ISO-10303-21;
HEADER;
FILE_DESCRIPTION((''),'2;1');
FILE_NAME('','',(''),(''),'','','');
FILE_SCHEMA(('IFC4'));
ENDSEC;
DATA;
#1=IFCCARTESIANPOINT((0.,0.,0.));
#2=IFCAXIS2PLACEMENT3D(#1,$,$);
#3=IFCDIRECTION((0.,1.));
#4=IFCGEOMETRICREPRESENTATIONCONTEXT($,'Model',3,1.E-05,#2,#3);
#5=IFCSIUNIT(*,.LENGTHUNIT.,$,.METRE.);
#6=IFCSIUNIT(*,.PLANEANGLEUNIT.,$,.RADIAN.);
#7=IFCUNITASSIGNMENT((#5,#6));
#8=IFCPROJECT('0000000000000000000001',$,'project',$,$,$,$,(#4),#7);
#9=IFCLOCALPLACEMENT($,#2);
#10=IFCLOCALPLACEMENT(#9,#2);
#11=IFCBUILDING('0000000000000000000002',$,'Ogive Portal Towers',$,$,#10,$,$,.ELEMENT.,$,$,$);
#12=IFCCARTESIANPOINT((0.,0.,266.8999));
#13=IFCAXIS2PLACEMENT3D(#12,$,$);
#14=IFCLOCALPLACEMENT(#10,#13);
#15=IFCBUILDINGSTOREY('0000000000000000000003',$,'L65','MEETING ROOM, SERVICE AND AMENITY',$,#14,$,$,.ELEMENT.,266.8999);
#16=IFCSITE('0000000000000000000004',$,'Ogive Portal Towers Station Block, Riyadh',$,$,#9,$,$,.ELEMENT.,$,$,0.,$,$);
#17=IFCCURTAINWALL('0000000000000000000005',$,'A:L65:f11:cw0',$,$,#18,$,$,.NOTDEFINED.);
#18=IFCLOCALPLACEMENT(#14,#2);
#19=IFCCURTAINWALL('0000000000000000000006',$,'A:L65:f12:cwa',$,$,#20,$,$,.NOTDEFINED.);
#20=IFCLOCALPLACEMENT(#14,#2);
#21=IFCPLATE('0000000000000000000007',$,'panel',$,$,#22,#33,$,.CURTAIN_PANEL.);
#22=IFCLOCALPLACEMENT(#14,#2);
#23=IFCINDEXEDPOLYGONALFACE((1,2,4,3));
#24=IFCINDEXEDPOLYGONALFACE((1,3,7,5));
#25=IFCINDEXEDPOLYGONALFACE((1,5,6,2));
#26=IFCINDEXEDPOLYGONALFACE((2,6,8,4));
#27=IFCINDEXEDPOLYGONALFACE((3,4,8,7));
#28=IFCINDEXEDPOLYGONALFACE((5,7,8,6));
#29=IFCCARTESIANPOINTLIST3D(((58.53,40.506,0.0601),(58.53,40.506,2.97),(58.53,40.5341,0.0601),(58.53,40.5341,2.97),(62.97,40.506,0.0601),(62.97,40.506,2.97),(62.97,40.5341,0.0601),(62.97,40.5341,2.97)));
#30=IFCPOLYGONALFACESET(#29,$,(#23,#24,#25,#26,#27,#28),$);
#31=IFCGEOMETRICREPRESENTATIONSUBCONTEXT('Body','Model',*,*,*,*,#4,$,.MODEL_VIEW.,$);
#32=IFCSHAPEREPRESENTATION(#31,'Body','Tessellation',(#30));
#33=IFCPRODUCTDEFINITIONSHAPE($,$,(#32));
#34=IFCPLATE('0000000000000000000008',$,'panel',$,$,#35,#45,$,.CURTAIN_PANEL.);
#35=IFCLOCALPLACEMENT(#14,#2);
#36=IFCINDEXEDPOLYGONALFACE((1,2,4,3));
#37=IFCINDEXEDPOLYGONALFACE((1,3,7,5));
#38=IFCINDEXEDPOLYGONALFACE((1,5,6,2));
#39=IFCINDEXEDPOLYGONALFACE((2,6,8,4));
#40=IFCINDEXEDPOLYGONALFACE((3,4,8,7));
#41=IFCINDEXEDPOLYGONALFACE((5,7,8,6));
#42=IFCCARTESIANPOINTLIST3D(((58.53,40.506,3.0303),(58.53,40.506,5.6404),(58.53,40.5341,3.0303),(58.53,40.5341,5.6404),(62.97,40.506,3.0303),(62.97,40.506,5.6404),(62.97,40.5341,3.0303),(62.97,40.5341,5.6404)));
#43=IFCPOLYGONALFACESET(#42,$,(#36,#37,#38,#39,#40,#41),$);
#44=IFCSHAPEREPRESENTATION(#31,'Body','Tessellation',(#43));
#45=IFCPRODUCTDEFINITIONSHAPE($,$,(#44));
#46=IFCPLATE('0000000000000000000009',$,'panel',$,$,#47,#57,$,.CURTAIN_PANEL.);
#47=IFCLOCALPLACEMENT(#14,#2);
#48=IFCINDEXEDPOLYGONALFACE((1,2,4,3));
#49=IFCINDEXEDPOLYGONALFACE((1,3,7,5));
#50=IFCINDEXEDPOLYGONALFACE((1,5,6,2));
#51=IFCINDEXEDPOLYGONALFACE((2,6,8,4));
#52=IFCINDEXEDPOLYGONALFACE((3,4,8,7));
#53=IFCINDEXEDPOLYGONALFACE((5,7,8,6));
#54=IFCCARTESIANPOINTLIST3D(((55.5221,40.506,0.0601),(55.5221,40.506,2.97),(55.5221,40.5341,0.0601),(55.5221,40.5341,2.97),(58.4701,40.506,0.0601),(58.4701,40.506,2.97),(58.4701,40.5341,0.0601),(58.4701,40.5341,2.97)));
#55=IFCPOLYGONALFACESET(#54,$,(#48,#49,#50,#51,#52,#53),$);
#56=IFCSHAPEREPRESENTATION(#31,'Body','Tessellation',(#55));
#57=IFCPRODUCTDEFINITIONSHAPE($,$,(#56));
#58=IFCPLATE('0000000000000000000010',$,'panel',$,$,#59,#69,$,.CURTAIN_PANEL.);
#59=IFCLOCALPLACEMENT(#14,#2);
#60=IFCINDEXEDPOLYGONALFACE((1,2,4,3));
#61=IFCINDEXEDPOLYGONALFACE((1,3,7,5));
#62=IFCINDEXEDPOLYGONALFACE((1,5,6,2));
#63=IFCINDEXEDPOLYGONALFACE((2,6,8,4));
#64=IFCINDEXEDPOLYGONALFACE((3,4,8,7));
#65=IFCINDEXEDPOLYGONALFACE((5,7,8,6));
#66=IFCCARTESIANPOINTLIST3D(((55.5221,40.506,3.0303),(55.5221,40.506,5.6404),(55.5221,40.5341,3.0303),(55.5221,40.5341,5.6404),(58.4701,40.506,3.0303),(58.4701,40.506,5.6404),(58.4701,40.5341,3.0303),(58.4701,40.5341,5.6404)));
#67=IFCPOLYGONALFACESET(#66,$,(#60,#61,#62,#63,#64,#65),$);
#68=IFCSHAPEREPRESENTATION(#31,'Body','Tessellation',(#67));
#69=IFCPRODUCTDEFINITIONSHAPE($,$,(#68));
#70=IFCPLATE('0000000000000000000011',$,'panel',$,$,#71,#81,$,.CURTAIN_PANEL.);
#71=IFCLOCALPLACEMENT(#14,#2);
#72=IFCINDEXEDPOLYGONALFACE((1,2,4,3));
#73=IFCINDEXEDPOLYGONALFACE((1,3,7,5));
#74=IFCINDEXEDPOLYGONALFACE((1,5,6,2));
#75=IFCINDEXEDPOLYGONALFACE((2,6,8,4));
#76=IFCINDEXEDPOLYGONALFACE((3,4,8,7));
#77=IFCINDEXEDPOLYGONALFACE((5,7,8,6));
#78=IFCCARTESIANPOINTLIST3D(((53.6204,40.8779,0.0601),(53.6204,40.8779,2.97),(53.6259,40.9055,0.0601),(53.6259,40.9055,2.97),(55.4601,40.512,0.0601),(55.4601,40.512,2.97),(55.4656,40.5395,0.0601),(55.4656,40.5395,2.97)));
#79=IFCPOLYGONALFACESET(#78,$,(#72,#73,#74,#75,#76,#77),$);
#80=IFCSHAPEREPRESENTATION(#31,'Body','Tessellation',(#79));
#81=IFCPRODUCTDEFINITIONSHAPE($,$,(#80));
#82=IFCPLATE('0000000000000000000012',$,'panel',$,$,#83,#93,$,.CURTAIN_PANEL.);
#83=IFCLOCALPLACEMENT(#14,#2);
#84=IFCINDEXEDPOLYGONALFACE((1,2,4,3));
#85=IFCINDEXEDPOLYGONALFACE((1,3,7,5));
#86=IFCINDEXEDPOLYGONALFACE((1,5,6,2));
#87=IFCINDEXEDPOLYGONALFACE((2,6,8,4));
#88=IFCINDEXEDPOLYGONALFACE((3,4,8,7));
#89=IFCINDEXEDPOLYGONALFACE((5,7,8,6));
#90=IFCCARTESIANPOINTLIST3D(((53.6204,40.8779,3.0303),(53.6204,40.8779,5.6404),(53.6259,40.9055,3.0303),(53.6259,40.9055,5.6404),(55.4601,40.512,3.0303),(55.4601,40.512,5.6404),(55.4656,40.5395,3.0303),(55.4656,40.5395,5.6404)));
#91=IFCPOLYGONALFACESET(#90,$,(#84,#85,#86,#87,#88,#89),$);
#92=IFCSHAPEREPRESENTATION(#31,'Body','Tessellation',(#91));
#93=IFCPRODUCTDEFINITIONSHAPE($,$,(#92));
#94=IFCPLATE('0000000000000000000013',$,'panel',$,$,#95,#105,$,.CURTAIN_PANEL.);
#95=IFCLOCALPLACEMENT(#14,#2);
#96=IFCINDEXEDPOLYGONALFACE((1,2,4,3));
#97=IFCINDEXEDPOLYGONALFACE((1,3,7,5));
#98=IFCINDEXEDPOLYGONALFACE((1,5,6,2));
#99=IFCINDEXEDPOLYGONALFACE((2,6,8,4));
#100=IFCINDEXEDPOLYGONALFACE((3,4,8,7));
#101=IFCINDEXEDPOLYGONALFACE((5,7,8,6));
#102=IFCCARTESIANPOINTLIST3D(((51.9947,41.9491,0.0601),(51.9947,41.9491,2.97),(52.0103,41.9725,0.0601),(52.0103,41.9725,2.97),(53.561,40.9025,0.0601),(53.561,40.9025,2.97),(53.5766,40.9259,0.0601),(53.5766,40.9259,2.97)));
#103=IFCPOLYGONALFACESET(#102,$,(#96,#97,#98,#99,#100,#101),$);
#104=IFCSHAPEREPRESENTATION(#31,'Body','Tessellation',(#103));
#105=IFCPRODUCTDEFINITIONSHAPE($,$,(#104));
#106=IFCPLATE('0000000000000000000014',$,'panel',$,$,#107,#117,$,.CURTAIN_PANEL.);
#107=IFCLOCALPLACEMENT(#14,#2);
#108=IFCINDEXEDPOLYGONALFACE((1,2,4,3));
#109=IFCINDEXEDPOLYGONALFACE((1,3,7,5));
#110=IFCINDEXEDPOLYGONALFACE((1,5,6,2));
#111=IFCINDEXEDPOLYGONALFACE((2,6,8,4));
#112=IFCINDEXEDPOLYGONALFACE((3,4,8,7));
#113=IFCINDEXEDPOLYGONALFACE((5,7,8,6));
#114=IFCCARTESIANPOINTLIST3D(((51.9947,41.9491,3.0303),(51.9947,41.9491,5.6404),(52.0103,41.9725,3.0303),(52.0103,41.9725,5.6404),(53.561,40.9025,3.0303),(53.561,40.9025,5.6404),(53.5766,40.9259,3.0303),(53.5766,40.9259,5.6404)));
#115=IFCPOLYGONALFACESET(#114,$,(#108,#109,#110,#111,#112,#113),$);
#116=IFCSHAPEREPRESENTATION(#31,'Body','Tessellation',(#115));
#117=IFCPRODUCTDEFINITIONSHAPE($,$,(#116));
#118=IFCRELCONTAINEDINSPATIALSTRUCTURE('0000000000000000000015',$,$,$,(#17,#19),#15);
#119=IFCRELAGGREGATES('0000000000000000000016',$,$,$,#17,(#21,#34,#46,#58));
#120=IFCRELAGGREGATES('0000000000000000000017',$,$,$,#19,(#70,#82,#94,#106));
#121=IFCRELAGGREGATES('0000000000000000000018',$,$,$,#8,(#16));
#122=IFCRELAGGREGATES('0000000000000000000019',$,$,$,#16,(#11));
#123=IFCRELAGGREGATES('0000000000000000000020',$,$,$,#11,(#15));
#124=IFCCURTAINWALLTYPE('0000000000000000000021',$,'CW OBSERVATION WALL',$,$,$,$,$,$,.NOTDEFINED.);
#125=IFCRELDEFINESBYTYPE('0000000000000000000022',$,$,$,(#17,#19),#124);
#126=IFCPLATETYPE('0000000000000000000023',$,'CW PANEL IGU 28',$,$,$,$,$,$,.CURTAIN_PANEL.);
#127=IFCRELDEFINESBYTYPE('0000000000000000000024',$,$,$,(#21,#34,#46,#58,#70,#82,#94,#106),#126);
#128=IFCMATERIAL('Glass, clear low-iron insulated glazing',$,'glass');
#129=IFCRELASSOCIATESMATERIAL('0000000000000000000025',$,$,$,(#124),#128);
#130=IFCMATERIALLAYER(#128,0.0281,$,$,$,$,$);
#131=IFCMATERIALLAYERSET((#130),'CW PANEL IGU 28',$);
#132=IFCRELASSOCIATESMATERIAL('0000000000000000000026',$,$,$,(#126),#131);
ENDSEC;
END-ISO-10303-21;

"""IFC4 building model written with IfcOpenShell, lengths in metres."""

from ifc_helpers import new_model, si_unit, direction, frame, origin, origin_2d, place, context, subcontext, project, spatial, rectangle, extrude, material, layer, layer_set, type_object, element, aggregate, save


model = new_model("IFC4")

# Units and contexts
model_context = context("Model", 3, precision=1e-05, world=origin(), true_north=direction((0.0, 1.0)))
body_context = subcontext(model_context, "Body", "Model", "MODEL_VIEW")
ifc_project = project(units=[si_unit("LENGTHUNIT", "METRE"), si_unit("PLANEANGLEUNIT", "RADIAN")], contexts=[model_context])

# Site, building, storey
site_placement = place(None, origin())
site = spatial("IfcSite", under=ifc_project, at=site_placement, Name="Ogive Portal Towers Station Block, Riyadh", CompositionType="ELEMENT", RefElevation=0.0)
building_placement = place(site_placement, origin())
building = spatial("IfcBuilding", under=site, at=building_placement, Name="Ogive Portal Towers", CompositionType="ELEMENT")
storey_placement = place(building_placement, frame((0.0, 0.0, 266.8999)))
storey = spatial("IfcBuildingStorey", under=building, at=storey_placement, Name="L65", Description="MEETING ROOM, SERVICE AND AMENITY", CompositionType="ELEMENT", Elevation=266.8999)

# Curtain walls
ifc_material_1 = material(Name="Glass, clear low-iron insulated glazing", Category="glass")
curtain_wall_type = type_object("IfcCurtainWallType", Name="CW OBSERVATION WALL", PredefinedType="NOTDEFINED", material=ifc_material_1)
curtain_wall_1_placement = place(storey_placement, origin())
curtain_wall_1 = element("IfcCurtainWall", 1, at=curtain_wall_1_placement, inside=storey, type_object=curtain_wall_type, Name="A:L65:f11:cw0", PredefinedType="NOTDEFINED")
curtain_wall_2_placement = place(storey_placement, origin())
curtain_wall_2 = element("IfcCurtainWall", 2, at=curtain_wall_2_placement, inside=storey, type_object=curtain_wall_type, Name="A:L65:f12:cwa", PredefinedType="NOTDEFINED")

# Plates
ifc_layer = layer(ifc_material_1, 0.0281)
ifc_layer_set = layer_set([ifc_layer], Name="CW PANEL IGU 28")
plate_type = type_object("IfcPlateType", Name="CW PANEL IGU 28", PredefinedType="CURTAIN_PANEL", material=ifc_layer_set)
plate_1_placement = place(storey_placement, frame((60.75, 40.52, 0.0601), z_axis=(0.0, 0.0, 1.0), x_axis=(-1.0, 0.0, 0.0)))
plate_1 = element("IfcPlate", 3, at=plate_1_placement, type_object=plate_type, Name="panel", PredefinedType="CURTAIN_PANEL", context=body_context, shape_type="SweptSolid", body=[
    extrude(rectangle(XDim=4.4399, YDim=0.0281, at=origin_2d()), origin(), (0.0, 0.0, 1.0), 2.9099),
])
plate_2_placement = place(storey_placement, frame((60.75, 40.52, 3.0303), z_axis=(0.0, 0.0, 1.0), x_axis=(-1.0, 0.0, 0.0)))
plate_2 = element("IfcPlate", 4, at=plate_2_placement, type_object=plate_type, Name="panel", PredefinedType="CURTAIN_PANEL", context=body_context, shape_type="SweptSolid", body=[
    extrude(rectangle(XDim=4.4399, YDim=0.0281, at=origin_2d()), origin(), (0.0, 0.0, 1.0), 2.6101),
])
plate_3_placement = place(storey_placement, frame((56.9961, 40.52, 0.0601), z_axis=(0.0, 0.0, 1.0), x_axis=(-1.0, 0.0, 0.0)))
plate_3 = element("IfcPlate", 5, at=plate_3_placement, type_object=plate_type, Name="panel", PredefinedType="CURTAIN_PANEL", context=body_context, shape_type="SweptSolid", body=[
    extrude(rectangle(XDim=2.948, YDim=0.0281, at=origin_2d()), origin(), (0.0, 0.0, 1.0), 2.9099),
])
plate_4_placement = place(storey_placement, frame((56.9961, 40.52, 3.0303), z_axis=(0.0, 0.0, 1.0), x_axis=(-1.0, 0.0, 0.0)))
plate_4 = element("IfcPlate", 6, at=plate_4_placement, type_object=plate_type, Name="panel", PredefinedType="CURTAIN_PANEL", context=body_context, shape_type="SweptSolid", body=[
    extrude(rectangle(XDim=2.948, YDim=0.0281, at=origin_2d()), origin(), (0.0, 0.0, 1.0), 2.6101),
])
aggregate(curtain_wall_1, [plate_1, plate_2, plate_3, plate_4])
plate_5_placement = place(storey_placement, frame((54.543, 40.7087, 0.0601), z_axis=(0.0, 0.0, 1.0), x_axis=(-0.980785, 0.19509, 0.0)))
plate_5 = element("IfcPlate", 7, at=plate_5_placement, type_object=plate_type, Name="panel", PredefinedType="CURTAIN_PANEL", context=body_context, shape_type="SweptSolid", body=[
    extrude(rectangle(XDim=1.8757, YDim=0.0281, at=origin_2d()), origin(), (0.0, 0.0, 1.0), 2.9099),
])
plate_6_placement = place(storey_placement, frame((54.543, 40.7087, 3.0303), z_axis=(0.0, 0.0, 1.0), x_axis=(-0.980785, 0.19509, 0.0)))
plate_6 = element("IfcPlate", 8, at=plate_6_placement, type_object=plate_type, Name="panel", PredefinedType="CURTAIN_PANEL", context=body_context, shape_type="SweptSolid", body=[
    extrude(rectangle(XDim=1.8757, YDim=0.0281, at=origin_2d()), origin(), (0.0, 0.0, 1.0), 2.6101),
])
plate_7_placement = place(storey_placement, frame((52.7856, 41.4375, 0.0601), z_axis=(0.0, 0.0, 1.0), x_axis=(-0.83147, 0.55557, 0.0)))
plate_7 = element("IfcPlate", 9, at=plate_7_placement, type_object=plate_type, Name="panel", PredefinedType="CURTAIN_PANEL", context=body_context, shape_type="SweptSolid", body=[
    extrude(rectangle(XDim=1.8838, YDim=0.0281, at=origin_2d()), origin(), (0.0, 0.0, 1.0), 2.9099),
])
plate_8_placement = place(storey_placement, frame((52.7856, 41.4375, 3.0303), z_axis=(0.0, 0.0, 1.0), x_axis=(-0.83147, 0.55557, 0.0)))
plate_8 = element("IfcPlate", 10, at=plate_8_placement, type_object=plate_type, Name="panel", PredefinedType="CURTAIN_PANEL", context=body_context, shape_type="SweptSolid", body=[
    extrude(rectangle(XDim=1.8838, YDim=0.0281, at=origin_2d()), origin(), (0.0, 0.0, 1.0), 2.6101),
])
aggregate(curtain_wall_2, [plate_5, plate_6, plate_7, plate_8])

save(model, "model.ifc")
